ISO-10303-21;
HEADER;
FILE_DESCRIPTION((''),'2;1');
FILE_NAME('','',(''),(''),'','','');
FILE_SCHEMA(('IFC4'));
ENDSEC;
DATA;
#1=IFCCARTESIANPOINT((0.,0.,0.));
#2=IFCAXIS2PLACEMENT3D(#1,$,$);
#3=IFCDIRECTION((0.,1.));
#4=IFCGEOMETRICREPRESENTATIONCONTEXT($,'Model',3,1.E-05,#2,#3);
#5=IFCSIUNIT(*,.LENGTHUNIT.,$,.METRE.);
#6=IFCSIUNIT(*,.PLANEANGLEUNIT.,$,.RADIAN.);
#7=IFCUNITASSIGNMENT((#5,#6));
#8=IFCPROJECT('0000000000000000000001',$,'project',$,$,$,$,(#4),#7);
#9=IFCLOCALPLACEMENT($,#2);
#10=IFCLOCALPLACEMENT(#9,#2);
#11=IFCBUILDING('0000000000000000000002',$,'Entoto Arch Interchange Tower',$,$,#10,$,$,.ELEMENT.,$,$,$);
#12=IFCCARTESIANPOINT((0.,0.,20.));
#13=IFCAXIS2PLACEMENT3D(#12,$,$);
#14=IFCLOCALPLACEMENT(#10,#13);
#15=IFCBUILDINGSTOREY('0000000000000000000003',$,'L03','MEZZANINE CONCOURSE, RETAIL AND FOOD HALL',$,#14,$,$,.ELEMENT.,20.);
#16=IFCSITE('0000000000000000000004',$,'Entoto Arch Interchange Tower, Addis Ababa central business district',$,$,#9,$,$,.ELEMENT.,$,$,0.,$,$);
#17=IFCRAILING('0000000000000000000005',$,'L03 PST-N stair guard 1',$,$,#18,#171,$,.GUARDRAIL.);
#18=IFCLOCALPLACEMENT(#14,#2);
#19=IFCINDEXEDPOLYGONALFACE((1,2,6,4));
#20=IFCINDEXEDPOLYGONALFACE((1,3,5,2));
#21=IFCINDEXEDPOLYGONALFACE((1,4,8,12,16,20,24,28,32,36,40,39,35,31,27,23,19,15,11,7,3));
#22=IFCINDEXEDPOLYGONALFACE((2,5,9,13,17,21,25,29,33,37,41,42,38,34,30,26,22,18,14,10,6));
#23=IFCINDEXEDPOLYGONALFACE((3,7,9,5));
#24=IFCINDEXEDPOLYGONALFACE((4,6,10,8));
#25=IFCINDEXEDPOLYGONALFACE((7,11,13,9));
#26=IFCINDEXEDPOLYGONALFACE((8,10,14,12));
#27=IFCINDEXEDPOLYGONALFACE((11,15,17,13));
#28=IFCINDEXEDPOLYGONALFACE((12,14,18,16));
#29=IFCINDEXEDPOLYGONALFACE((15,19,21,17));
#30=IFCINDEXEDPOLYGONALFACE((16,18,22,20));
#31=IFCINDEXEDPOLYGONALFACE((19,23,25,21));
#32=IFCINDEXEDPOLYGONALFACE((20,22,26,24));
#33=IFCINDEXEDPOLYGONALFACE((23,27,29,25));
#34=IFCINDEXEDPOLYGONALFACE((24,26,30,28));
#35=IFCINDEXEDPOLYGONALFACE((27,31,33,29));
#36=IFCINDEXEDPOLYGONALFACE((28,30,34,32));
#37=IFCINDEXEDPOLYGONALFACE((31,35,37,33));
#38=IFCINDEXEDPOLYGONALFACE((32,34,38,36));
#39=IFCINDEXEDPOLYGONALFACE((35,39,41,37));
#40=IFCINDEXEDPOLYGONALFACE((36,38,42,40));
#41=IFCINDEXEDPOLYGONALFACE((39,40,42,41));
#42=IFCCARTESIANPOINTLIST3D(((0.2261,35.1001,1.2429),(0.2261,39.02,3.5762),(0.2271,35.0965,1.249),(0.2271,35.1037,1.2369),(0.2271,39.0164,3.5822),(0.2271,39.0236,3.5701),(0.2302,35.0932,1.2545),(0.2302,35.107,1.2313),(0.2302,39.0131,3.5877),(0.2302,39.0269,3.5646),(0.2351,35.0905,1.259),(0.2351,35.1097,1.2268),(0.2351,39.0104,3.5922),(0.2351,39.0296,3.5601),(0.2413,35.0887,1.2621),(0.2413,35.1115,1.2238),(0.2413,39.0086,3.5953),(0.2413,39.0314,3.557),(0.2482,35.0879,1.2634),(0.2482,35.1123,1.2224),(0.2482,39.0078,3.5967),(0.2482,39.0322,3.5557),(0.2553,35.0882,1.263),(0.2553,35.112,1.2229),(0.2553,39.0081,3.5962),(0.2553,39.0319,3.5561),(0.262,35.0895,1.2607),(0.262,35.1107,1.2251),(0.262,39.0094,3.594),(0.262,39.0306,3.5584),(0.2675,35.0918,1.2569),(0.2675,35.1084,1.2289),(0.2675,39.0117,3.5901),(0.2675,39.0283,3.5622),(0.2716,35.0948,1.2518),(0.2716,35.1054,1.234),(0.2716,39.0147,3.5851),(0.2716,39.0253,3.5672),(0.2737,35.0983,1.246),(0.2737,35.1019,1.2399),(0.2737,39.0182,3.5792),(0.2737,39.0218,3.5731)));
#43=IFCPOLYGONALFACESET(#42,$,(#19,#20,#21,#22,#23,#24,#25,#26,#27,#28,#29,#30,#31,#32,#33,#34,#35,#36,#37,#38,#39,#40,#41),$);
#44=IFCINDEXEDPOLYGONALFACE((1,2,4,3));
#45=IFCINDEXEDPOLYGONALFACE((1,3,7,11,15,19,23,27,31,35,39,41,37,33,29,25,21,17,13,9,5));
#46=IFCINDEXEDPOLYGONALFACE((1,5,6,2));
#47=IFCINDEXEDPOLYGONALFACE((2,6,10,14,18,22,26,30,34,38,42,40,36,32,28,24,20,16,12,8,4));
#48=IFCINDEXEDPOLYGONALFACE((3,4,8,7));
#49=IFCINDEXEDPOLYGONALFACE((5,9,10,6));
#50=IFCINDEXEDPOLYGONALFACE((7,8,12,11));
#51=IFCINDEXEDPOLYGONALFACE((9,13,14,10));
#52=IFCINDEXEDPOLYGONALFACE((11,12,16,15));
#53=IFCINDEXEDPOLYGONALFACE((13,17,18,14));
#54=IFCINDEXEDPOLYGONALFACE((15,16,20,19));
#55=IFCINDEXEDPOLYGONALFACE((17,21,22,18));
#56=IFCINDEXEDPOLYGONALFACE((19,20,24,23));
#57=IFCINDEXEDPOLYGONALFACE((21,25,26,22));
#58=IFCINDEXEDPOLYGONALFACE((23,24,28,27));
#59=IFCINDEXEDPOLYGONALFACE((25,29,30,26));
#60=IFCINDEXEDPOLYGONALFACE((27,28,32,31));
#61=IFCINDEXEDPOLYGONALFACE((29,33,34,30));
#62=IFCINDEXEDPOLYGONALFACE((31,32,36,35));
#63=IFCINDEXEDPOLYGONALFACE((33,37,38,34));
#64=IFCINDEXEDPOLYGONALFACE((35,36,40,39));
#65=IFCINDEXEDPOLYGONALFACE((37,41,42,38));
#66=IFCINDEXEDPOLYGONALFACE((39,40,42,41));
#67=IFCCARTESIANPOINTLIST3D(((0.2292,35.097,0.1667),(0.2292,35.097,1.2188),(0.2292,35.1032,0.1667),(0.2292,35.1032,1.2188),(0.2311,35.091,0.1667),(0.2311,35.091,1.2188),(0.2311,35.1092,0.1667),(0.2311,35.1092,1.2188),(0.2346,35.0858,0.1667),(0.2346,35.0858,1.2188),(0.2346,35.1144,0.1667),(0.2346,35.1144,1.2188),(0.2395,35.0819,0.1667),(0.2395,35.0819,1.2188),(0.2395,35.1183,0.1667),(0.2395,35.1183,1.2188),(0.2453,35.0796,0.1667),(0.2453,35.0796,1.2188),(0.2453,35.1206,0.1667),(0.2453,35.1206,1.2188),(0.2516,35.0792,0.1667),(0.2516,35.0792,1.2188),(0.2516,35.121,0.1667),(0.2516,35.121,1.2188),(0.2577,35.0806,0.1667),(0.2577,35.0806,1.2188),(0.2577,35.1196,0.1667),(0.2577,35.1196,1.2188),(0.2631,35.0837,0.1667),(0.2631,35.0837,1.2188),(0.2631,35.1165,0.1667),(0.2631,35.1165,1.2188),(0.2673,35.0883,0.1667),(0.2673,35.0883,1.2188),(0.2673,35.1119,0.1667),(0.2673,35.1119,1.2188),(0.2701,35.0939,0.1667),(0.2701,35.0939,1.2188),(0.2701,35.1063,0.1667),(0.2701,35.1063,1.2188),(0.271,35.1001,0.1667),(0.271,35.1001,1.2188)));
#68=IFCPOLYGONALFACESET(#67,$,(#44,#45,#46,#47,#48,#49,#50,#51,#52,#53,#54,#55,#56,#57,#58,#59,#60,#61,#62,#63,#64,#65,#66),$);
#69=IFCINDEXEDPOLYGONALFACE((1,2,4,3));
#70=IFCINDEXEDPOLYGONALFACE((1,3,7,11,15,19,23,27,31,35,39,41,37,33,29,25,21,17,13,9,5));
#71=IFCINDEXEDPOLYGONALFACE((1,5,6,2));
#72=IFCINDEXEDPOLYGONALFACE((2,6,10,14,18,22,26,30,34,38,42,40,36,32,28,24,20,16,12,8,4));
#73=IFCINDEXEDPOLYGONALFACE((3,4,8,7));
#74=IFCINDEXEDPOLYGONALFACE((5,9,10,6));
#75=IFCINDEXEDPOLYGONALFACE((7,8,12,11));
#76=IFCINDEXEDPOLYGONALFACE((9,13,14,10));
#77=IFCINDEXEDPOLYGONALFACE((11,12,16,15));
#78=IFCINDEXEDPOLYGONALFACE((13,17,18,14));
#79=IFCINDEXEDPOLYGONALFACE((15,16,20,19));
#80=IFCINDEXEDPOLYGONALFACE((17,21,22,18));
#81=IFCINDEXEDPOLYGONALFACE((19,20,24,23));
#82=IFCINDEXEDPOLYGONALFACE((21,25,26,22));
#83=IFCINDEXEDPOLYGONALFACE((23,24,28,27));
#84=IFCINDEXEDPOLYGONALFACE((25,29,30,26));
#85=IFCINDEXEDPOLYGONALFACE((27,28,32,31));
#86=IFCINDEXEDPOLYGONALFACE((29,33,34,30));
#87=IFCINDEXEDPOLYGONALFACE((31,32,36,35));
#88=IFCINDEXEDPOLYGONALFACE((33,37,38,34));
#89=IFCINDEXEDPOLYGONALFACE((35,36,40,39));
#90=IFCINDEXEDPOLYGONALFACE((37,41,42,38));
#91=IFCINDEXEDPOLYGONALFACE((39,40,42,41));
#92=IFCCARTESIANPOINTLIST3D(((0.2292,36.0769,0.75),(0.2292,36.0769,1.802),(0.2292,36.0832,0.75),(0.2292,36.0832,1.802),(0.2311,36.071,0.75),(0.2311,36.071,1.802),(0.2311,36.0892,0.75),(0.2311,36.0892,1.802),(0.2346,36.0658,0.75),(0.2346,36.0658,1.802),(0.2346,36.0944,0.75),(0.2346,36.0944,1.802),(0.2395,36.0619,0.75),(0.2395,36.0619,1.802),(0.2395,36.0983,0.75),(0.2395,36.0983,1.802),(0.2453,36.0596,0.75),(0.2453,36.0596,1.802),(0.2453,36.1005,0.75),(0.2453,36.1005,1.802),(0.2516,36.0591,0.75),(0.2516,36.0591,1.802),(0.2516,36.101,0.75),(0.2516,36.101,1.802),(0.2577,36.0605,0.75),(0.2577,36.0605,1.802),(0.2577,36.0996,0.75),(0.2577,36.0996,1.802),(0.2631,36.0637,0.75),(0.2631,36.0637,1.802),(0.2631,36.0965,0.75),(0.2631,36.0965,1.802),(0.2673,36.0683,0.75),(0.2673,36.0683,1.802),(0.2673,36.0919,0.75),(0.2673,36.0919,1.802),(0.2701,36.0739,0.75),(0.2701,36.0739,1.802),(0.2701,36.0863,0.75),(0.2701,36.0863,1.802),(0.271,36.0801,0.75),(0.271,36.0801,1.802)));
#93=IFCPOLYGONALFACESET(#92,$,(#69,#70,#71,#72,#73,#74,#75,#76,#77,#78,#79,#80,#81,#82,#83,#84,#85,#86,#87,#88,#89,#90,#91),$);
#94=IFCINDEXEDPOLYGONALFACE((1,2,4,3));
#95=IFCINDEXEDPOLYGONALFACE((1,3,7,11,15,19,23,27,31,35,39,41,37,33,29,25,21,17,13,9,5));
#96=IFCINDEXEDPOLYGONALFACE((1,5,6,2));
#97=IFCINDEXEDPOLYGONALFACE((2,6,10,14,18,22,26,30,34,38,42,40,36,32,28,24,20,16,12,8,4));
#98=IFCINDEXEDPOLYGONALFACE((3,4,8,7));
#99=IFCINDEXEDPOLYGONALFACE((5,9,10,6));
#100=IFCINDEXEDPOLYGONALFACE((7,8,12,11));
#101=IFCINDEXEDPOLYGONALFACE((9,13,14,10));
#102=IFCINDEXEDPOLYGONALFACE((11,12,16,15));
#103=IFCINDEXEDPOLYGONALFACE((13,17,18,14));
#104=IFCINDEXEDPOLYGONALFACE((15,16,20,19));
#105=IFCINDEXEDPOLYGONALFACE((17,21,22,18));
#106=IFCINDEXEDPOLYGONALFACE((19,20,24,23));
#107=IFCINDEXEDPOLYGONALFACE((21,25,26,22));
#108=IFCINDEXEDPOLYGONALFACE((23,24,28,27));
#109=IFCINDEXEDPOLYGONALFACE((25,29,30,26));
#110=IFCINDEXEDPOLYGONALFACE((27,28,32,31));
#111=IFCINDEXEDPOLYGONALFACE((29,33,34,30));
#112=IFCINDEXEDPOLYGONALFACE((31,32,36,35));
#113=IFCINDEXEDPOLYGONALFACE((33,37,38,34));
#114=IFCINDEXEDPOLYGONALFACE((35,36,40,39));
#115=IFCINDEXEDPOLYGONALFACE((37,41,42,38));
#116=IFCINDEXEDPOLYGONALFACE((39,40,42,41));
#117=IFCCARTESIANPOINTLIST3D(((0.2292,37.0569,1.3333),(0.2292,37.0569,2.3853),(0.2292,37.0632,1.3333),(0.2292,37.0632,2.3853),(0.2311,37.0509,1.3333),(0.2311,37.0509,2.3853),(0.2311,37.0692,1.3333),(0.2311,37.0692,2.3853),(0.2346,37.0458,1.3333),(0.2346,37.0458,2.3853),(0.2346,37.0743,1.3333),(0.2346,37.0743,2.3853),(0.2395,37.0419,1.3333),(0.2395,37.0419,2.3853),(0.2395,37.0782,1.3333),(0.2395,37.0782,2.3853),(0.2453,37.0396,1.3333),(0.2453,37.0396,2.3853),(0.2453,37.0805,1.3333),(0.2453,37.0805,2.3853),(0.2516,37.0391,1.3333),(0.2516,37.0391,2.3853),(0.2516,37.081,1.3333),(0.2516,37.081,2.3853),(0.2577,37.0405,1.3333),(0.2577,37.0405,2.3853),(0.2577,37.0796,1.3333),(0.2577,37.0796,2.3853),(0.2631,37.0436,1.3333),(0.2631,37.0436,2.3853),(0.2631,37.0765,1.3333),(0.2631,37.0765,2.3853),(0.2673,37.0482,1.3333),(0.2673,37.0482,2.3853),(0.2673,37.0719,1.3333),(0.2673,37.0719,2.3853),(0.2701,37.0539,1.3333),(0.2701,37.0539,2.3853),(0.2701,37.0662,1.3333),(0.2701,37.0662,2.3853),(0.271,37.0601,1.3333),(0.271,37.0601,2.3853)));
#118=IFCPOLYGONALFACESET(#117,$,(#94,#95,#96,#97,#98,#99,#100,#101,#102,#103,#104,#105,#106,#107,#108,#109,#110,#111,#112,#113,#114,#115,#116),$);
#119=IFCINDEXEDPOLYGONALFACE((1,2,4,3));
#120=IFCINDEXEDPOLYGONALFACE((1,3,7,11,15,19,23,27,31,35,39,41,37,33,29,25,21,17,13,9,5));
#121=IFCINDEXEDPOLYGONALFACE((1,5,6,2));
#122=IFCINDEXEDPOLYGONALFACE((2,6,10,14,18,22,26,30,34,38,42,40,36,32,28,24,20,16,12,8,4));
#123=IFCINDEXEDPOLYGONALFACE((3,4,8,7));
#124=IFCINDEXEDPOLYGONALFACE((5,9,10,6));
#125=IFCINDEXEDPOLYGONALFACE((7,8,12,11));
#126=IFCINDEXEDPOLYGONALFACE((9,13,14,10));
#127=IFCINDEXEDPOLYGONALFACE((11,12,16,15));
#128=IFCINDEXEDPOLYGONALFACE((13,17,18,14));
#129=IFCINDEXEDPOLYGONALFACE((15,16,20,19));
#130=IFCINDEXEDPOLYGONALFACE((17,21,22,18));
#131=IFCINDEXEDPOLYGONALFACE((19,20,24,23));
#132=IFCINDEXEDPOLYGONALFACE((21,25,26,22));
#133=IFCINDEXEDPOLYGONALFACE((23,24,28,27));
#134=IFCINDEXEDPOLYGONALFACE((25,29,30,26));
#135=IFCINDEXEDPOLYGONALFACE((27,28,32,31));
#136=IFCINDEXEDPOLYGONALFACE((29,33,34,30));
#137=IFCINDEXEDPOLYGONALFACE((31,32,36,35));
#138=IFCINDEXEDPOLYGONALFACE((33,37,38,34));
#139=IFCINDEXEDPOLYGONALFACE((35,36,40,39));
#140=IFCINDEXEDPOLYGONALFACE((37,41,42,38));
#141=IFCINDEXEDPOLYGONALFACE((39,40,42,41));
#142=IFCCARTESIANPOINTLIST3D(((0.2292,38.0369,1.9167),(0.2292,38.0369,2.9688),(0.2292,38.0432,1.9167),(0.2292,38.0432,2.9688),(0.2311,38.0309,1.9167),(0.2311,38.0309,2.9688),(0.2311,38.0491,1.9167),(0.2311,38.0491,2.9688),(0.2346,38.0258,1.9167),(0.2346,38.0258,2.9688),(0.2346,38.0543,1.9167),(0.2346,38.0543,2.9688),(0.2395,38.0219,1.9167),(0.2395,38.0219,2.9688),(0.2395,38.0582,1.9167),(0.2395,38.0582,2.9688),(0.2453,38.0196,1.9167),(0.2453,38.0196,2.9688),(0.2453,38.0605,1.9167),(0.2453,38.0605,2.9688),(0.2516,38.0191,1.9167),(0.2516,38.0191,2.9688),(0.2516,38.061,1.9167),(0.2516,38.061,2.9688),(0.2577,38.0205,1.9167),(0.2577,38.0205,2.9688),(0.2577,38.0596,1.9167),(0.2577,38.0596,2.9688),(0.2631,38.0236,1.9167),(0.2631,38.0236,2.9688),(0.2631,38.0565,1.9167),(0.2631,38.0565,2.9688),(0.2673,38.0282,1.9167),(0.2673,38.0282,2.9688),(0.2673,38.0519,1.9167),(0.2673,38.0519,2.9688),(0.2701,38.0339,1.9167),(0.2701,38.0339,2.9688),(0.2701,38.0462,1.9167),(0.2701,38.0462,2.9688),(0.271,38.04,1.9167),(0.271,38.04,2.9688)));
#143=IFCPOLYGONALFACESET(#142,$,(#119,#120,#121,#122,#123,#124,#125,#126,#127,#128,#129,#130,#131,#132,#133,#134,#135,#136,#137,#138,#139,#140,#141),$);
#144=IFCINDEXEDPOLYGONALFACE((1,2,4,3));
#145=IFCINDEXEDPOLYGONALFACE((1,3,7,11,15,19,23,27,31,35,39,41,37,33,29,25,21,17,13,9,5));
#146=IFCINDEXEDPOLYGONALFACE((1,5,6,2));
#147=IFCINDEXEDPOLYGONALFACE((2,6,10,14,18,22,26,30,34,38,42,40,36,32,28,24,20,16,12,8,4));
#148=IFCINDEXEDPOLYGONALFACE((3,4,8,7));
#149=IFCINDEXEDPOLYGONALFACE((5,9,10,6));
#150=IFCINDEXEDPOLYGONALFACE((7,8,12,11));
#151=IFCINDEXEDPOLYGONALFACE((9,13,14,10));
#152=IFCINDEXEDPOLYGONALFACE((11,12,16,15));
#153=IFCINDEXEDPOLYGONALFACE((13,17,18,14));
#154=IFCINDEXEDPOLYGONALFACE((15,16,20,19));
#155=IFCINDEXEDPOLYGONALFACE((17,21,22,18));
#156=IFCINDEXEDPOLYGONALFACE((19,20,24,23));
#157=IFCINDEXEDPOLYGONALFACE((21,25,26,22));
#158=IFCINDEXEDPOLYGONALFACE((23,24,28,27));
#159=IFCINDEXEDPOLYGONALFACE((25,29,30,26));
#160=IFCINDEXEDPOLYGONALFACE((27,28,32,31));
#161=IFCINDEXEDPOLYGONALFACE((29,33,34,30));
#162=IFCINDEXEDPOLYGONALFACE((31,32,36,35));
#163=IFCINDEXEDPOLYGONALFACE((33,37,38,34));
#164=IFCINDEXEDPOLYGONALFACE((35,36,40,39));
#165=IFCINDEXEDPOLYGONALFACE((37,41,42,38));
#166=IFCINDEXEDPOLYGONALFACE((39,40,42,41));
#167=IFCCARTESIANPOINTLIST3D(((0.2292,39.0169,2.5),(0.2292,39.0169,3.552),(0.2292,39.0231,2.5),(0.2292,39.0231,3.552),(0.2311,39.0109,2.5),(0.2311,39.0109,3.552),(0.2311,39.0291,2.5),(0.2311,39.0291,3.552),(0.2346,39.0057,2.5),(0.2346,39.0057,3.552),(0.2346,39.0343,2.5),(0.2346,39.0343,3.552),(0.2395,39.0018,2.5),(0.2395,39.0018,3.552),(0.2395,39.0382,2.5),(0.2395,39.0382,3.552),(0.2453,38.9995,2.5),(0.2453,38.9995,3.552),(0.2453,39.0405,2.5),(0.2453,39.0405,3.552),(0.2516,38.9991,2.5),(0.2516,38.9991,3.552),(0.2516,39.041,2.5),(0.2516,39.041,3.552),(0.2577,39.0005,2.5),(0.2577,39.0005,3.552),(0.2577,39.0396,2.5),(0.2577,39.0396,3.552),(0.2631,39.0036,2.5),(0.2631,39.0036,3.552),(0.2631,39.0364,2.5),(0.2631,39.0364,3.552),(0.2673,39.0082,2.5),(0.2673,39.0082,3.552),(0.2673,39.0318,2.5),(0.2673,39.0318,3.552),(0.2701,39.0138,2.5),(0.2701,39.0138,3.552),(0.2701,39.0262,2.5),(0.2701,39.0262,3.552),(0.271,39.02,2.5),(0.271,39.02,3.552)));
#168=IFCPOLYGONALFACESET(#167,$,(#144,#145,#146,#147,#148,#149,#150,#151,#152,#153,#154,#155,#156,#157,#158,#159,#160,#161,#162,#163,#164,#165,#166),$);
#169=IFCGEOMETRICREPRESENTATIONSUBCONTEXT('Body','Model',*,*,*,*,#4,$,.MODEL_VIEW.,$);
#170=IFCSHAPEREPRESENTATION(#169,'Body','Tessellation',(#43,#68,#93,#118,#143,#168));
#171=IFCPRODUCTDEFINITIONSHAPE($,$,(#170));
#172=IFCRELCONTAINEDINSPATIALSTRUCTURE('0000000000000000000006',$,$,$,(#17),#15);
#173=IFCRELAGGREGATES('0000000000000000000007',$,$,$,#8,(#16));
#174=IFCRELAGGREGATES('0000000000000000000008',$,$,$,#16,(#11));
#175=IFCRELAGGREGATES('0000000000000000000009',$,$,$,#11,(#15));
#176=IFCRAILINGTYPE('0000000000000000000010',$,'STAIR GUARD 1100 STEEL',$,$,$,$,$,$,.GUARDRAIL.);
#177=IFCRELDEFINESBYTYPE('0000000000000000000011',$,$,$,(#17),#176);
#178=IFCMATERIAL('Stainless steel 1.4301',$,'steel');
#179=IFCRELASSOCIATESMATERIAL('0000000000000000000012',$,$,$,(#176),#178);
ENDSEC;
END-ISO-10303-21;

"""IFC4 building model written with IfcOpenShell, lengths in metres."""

from ifc_helpers import new_model, si_unit, direction, frame, origin, origin_2d, place, context, subcontext, project, spatial, circle, extrude, material, type_object, element, save


model = new_model("IFC4")

# Units and contexts
model_context = context("Model", 3, precision=1e-05, world=origin(), true_north=direction((0.0, 1.0)))
body_context = subcontext(model_context, "Body", "Model", "MODEL_VIEW")
ifc_project = project(units=[si_unit("LENGTHUNIT", "METRE"), si_unit("PLANEANGLEUNIT", "RADIAN")], contexts=[model_context])

# Site, building, storey
site_placement = place(None, origin())
site = spatial("IfcSite", under=ifc_project, at=site_placement, Name="Entoto Arch Interchange Tower, Addis Ababa central business district", CompositionType="ELEMENT", RefElevation=0.0)
building_placement = place(site_placement, origin())
building = spatial("IfcBuilding", under=site, at=building_placement, Name="Entoto Arch Interchange Tower", CompositionType="ELEMENT")
storey_placement = place(building_placement, frame((0.0, 0.0, 20.0)))
storey = spatial("IfcBuildingStorey", under=building, at=storey_placement, Name="L03", Description="MEZZANINE CONCOURSE, RETAIL AND FOOD HALL", CompositionType="ELEMENT", Elevation=20.0)

# Railing
ifc_material_1 = material(Name="Stainless steel 1.4301", Category="steel")
railing_type_1 = type_object("IfcRailingType", Name="STAIR GUARD 1100 STEEL", PredefinedType="GUARDRAIL", material=ifc_material_1)
railing_1_placement = place(storey_placement, frame((0.25, 35.1001, 0.1667)))
element("IfcRailing", 1, at=railing_1_placement, inside=storey, type_object=railing_type_1, Name="L03 PST-N stair guard 1", PredefinedType="GUARDRAIL", context=body_context, shape_type="SweptSolid", body=[
    extrude(circle(Radius=0.0239, at=origin_2d()), frame((0.0, 0.0, 1.0762), z_axis=(0.0, 0.859296, 0.511478), x_axis=(-1.0, 0.0, 0.0)), (0.0, 0.0, 1.0), 4.5618),
    extrude(circle(Radius=0.021, at=origin_2d()), origin(), (0.0, 0.0, 1.0), 1.052),
    extrude(circle(Radius=0.021, at=origin_2d()), frame((0.0, 0.98, 0.5833)), (0.0, 0.0, 1.0), 1.052),
    extrude(circle(Radius=0.021, at=origin_2d()), frame((0.0, 1.96, 1.1665)), (0.0, 0.0, 1.0), 1.052),
    extrude(circle(Radius=0.021, at=origin_2d()), frame((0.0, 2.9399, 1.75)), (0.0, 0.0, 1.0), 1.052),
    extrude(circle(Radius=0.021, at=origin_2d()), frame((0.0, 3.9199, 2.3333)), (0.0, 0.0, 1.0), 1.052),
])

save(model, "model.ifc")
